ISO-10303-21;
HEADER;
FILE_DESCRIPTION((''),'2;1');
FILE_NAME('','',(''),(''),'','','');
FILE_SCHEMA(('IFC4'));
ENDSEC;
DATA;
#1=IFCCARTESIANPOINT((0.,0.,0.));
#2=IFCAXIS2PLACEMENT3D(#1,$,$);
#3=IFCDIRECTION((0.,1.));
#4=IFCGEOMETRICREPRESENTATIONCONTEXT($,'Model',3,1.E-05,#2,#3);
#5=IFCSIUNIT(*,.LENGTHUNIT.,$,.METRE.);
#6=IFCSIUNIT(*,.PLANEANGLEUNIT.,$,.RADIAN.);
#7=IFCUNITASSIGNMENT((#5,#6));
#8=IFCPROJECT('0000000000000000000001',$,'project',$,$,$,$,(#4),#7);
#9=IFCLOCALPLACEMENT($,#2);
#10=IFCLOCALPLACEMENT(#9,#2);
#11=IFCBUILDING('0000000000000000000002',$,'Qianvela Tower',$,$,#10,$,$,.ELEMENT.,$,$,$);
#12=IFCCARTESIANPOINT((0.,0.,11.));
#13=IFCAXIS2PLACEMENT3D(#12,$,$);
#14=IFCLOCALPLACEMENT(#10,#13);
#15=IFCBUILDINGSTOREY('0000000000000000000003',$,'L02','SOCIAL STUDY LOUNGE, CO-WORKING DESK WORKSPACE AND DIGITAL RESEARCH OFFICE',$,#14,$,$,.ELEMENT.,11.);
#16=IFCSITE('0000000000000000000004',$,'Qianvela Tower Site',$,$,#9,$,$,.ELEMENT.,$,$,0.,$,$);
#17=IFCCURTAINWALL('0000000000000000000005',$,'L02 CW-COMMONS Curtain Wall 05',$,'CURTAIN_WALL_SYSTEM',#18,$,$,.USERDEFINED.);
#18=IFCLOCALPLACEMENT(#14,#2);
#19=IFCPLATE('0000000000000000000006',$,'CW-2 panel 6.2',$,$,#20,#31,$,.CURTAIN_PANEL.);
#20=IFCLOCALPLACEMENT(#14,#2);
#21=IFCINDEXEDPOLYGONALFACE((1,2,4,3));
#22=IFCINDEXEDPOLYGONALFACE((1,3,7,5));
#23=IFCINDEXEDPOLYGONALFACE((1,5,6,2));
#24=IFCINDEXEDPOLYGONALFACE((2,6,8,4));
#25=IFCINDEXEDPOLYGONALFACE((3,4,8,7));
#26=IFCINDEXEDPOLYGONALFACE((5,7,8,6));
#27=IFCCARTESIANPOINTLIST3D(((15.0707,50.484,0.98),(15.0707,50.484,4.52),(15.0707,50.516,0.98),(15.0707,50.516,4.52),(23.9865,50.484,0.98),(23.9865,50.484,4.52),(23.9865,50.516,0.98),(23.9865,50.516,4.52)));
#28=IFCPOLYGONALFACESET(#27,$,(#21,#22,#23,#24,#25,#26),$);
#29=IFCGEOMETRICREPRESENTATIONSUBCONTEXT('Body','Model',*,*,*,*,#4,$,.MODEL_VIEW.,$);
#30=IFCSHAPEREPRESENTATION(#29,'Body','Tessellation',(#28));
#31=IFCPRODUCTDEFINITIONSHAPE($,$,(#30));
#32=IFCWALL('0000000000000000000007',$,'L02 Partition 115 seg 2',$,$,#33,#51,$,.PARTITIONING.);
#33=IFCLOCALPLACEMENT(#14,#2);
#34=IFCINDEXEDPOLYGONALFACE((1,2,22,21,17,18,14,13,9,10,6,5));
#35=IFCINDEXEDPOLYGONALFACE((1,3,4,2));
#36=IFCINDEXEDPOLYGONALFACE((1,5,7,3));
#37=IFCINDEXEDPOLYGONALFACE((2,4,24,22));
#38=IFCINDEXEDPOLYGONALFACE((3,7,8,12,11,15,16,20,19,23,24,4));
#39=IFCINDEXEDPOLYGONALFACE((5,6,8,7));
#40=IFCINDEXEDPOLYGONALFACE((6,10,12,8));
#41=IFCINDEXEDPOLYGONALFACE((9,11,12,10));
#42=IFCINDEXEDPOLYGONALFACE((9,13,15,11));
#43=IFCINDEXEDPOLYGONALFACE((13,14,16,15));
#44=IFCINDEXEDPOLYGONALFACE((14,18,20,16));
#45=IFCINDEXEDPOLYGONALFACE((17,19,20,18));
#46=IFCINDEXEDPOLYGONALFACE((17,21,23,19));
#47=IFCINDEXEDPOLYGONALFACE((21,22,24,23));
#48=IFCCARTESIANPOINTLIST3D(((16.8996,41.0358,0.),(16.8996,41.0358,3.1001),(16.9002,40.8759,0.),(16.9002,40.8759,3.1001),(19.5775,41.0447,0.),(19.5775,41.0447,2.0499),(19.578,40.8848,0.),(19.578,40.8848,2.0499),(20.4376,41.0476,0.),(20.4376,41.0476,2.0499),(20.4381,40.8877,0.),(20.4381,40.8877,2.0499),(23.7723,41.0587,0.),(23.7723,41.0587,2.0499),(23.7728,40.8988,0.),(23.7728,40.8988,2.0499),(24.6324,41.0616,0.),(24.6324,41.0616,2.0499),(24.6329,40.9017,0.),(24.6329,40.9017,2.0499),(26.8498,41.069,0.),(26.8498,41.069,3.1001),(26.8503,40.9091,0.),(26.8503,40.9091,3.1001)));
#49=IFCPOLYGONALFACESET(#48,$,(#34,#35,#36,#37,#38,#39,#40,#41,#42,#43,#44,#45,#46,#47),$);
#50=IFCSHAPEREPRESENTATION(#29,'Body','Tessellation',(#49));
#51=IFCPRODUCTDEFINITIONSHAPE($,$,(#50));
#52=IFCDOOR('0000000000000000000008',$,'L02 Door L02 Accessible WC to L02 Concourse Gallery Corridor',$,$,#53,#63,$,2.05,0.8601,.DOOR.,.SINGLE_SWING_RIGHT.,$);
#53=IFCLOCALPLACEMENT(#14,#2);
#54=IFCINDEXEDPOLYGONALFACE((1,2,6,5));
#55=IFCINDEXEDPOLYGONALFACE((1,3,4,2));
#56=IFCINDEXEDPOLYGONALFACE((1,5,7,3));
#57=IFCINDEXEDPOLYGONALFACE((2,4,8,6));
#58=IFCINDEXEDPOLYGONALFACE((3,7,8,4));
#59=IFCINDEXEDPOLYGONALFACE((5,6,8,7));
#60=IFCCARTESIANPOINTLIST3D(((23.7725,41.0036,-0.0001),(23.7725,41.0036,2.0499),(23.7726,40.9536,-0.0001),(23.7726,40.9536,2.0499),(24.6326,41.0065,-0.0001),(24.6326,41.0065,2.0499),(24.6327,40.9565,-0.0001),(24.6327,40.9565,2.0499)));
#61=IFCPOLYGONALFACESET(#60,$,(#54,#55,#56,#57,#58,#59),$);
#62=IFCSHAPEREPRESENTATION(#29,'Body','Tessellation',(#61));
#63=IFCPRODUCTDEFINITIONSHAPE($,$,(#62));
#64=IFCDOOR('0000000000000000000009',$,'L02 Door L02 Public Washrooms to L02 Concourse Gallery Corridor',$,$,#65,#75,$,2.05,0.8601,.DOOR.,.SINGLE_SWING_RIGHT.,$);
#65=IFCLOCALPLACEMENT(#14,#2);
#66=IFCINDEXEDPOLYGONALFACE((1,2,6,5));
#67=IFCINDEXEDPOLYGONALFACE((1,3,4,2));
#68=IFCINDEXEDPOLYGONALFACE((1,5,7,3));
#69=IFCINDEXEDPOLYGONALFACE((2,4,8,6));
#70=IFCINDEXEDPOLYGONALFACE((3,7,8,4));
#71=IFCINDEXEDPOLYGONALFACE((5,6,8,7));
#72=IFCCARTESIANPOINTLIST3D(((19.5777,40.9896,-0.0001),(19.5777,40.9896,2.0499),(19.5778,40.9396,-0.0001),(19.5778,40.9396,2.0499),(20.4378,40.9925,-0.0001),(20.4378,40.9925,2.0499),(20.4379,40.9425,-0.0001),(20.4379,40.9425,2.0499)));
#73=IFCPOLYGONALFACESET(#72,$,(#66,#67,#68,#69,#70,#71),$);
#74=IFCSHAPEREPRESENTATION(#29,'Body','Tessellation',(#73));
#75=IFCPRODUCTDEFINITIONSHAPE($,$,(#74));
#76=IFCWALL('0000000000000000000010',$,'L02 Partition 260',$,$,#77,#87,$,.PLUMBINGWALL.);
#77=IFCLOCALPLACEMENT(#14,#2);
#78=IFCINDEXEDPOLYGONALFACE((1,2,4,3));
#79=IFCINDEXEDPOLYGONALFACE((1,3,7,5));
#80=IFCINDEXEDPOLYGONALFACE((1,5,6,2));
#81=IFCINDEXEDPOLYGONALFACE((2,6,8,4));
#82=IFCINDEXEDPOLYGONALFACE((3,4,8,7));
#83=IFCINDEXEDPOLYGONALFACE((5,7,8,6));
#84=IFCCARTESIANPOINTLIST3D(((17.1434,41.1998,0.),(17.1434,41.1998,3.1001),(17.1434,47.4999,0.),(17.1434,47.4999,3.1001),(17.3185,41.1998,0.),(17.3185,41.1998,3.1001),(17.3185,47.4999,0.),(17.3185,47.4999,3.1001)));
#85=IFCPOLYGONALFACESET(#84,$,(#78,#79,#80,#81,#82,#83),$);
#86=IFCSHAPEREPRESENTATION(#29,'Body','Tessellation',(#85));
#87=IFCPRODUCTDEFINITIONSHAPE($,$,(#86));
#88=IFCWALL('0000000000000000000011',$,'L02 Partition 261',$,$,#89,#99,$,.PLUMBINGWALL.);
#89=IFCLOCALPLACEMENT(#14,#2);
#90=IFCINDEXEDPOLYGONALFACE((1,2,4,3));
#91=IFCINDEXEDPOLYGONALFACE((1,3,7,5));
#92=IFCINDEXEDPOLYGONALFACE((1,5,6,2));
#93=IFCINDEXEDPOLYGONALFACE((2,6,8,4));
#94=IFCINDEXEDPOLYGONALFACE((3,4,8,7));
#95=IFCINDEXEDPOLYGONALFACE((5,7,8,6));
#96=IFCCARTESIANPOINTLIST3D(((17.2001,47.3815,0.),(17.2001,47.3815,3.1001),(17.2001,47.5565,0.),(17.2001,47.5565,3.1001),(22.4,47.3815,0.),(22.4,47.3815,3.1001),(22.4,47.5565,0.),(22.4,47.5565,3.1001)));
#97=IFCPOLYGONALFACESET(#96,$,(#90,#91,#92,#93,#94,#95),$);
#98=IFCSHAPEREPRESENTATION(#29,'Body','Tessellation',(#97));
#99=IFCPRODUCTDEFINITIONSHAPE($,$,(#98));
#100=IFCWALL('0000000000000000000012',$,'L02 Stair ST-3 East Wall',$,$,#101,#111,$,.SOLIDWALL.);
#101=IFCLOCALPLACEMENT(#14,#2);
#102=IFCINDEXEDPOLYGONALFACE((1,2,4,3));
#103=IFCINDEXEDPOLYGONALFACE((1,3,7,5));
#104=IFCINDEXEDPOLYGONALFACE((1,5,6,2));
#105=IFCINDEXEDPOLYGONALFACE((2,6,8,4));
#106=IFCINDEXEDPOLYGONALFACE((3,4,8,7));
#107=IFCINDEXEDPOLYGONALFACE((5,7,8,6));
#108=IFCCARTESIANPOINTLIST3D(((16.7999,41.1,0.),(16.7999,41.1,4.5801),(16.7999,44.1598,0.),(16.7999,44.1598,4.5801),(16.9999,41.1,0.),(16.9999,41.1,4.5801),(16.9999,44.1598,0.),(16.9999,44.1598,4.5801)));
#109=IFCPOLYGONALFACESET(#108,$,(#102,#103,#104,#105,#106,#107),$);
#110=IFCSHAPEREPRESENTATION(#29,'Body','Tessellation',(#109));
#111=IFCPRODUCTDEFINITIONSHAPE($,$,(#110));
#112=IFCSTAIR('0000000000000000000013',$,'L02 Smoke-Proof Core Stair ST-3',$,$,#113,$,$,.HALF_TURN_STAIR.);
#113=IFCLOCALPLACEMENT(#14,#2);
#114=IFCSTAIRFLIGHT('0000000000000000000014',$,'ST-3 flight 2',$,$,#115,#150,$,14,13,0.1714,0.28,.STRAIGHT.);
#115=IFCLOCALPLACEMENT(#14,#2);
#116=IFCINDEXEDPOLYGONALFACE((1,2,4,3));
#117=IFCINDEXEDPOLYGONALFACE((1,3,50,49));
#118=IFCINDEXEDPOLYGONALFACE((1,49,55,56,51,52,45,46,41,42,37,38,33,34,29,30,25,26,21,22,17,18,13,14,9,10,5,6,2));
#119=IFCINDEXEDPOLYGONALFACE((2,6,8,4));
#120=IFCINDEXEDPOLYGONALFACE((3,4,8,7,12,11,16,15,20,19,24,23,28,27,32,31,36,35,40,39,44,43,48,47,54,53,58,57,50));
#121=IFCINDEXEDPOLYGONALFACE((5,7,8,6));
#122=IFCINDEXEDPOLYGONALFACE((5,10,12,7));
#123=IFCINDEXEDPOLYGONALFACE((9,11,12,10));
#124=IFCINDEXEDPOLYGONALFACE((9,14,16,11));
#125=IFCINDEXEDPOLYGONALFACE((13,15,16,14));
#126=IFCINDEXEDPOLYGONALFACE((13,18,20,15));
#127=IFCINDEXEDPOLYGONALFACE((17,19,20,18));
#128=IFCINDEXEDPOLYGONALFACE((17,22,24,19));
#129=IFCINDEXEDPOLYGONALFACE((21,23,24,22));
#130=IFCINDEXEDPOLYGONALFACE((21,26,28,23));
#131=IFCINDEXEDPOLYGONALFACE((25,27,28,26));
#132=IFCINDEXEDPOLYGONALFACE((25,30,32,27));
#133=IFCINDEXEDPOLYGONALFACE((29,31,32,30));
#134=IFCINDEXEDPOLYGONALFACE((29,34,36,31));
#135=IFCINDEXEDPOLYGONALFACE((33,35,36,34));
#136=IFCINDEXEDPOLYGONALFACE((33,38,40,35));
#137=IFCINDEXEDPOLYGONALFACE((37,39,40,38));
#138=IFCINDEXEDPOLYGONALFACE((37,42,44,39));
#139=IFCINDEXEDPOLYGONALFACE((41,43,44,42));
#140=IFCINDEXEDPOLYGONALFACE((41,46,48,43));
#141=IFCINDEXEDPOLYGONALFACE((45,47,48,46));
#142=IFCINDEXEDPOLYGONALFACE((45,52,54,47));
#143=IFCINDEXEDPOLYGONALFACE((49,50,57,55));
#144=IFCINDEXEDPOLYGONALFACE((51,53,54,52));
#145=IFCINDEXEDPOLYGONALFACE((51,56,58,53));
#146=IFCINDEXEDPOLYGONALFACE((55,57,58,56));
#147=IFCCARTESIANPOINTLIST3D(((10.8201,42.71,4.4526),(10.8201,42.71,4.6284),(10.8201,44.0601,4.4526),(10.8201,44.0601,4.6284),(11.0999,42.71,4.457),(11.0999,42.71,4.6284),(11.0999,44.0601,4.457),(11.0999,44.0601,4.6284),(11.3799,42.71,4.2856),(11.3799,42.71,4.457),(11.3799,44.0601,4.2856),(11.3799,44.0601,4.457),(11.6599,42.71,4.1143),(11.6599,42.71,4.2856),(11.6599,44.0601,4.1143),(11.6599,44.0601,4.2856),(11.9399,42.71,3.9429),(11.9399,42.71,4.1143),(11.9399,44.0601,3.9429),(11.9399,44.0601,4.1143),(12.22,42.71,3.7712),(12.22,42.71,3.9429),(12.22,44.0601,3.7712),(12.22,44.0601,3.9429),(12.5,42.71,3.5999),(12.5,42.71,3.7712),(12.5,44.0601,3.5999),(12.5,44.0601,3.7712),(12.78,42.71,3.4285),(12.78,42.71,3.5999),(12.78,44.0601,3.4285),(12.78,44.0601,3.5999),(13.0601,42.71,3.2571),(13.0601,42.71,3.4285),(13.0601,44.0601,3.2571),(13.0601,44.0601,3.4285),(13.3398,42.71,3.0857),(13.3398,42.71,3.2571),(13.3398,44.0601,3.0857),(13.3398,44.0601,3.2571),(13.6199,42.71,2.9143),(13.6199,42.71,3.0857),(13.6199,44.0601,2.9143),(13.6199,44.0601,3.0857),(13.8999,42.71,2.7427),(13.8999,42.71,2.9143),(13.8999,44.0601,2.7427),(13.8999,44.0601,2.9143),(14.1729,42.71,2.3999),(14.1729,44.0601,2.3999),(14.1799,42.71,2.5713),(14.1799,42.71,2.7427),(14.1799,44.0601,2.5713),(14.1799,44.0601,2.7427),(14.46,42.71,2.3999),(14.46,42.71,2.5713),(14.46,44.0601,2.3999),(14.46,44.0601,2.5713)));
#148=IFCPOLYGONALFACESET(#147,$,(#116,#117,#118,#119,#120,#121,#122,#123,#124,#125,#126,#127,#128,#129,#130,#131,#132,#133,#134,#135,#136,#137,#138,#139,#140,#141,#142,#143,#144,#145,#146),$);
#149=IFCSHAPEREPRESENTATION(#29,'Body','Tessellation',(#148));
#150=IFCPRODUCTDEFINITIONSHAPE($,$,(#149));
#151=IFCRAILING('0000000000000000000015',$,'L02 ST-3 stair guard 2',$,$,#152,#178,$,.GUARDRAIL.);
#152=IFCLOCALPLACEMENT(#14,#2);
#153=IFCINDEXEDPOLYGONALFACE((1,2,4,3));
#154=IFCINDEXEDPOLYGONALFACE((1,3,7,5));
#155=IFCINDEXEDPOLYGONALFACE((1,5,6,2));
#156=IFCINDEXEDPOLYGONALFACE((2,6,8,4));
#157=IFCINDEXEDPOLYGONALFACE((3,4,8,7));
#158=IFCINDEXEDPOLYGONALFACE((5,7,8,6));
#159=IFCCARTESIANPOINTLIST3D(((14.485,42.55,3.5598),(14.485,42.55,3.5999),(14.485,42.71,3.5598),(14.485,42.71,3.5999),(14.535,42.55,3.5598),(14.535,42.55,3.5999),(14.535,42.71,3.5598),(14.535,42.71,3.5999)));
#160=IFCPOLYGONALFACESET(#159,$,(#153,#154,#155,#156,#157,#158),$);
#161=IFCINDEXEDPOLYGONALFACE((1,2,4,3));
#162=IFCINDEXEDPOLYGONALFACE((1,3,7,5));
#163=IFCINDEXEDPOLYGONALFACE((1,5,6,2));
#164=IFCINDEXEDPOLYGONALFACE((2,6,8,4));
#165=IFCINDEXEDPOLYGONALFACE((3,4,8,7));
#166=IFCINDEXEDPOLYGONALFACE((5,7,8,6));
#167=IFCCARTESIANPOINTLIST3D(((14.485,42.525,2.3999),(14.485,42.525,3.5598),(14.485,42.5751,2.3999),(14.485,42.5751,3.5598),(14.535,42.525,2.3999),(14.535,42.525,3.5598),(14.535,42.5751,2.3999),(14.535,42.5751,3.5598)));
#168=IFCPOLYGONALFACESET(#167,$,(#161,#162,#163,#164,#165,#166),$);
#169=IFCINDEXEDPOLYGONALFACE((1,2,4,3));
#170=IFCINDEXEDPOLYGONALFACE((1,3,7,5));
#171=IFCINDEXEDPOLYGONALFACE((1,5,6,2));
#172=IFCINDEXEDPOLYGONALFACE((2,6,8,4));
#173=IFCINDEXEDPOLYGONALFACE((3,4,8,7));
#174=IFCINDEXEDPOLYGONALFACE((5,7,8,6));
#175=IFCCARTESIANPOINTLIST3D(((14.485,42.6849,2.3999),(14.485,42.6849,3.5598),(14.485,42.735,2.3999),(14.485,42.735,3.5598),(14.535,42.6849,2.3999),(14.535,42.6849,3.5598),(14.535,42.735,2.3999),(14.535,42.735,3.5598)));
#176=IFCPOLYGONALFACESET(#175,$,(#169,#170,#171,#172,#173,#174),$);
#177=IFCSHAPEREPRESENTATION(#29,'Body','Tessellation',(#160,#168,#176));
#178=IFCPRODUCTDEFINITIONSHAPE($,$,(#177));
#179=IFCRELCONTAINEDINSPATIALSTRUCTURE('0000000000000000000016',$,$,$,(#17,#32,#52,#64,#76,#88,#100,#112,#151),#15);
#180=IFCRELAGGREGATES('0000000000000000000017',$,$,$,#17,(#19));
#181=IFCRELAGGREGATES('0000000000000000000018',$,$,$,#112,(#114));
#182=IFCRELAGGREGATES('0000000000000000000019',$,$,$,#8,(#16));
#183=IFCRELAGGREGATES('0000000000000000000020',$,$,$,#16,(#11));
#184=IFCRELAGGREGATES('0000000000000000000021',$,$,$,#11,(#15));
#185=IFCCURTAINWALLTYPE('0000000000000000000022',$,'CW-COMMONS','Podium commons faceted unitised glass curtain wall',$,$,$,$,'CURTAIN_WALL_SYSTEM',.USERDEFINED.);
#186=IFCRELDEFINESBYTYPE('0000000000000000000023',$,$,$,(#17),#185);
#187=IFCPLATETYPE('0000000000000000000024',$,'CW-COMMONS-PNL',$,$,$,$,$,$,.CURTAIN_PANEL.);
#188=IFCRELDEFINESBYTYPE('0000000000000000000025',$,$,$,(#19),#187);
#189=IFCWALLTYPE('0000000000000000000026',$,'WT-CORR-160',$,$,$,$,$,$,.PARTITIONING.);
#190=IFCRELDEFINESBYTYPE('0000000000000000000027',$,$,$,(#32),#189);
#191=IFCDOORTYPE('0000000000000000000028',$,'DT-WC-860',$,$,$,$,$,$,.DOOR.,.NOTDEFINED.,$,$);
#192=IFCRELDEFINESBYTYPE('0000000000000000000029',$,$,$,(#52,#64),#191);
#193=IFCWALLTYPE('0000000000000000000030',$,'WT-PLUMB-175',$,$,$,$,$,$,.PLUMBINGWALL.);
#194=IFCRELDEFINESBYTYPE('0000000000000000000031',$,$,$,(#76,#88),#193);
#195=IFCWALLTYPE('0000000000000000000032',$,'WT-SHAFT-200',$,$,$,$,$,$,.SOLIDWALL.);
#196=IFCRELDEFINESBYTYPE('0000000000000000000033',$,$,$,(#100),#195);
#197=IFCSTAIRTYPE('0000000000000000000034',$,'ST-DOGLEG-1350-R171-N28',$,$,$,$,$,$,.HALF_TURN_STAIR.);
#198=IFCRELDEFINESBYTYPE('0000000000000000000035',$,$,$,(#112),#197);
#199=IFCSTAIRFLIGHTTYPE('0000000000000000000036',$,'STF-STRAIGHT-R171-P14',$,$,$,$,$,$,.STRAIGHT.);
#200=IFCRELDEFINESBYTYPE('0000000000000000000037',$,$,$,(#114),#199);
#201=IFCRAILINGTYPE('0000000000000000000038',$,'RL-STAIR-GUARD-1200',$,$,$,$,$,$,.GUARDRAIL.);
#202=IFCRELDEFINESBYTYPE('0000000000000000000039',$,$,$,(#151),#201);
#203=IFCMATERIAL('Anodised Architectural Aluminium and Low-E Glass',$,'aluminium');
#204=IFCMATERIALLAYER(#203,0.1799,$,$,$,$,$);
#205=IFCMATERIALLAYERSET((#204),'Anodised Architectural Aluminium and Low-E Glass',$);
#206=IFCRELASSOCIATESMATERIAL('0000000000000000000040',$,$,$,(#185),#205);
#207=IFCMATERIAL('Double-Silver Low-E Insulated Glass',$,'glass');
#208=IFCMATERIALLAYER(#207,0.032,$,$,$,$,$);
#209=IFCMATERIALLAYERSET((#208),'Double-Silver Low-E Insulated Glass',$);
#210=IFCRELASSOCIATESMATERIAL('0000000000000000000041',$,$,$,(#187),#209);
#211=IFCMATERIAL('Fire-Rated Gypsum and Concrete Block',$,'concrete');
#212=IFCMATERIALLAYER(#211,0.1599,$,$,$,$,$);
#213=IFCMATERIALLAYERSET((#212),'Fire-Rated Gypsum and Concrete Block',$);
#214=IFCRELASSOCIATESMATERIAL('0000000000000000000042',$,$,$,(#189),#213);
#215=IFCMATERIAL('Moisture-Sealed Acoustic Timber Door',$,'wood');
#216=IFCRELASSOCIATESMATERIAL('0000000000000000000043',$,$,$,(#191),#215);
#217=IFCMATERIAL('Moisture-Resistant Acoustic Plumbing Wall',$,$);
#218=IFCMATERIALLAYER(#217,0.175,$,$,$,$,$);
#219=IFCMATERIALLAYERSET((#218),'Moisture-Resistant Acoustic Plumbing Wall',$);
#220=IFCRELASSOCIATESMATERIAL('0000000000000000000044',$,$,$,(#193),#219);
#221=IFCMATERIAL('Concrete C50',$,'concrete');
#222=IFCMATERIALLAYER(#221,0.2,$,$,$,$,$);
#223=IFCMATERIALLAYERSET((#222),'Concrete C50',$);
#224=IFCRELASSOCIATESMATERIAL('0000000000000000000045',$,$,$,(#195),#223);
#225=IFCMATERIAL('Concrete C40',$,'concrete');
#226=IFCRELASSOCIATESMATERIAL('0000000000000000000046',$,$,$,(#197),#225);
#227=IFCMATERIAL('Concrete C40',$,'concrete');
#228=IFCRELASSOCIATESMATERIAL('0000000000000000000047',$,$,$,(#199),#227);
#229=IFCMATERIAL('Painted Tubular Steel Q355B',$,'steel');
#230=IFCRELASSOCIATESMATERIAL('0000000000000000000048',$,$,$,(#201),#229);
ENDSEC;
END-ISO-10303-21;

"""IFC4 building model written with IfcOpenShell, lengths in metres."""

from ifc_helpers import new_model, si_unit, direction, frame, frame_2d, origin, origin_2d, place, context, subcontext, project, spatial, polyline, rectangle, outline, extrude, material, layer, layer_set, type_object, element, fill, aggregate, save


model = new_model("IFC4")

# Units and contexts
model_context = context("Model", 3, precision=1e-05, world=origin(), true_north=direction((0.0, 1.0)))
body_context = subcontext(model_context, "Body", "Model", "MODEL_VIEW")
ifc_project = project(units=[si_unit("LENGTHUNIT", "METRE"), si_unit("PLANEANGLEUNIT", "RADIAN")], contexts=[model_context])

# Site, building, storey
site_placement = place(None, origin())
site = spatial("IfcSite", under=ifc_project, at=site_placement, Name="Qianvela Tower Site", CompositionType="ELEMENT", RefElevation=0.0)
building_placement = place(site_placement, origin())
building = spatial("IfcBuilding", under=site, at=building_placement, Name="Qianvela Tower", CompositionType="ELEMENT")
storey_placement = place(building_placement, frame((0.0, 0.0, 11.0)))
storey = spatial("IfcBuildingStorey", under=building, at=storey_placement, Name="L02", Description="SOCIAL STUDY LOUNGE, CO-WORKING DESK WORKSPACE AND DIGITAL RESEARCH OFFICE", CompositionType="ELEMENT", Elevation=11.0)

# Curtain wall
ifc_material_1 = material(Name="Anodised Architectural Aluminium and Low-E Glass", Category="aluminium")
ifc_layer_1 = layer(ifc_material_1, 0.1799)
ifc_layer_set_1 = layer_set([ifc_layer_1], Name="Anodised Architectural Aluminium and Low-E Glass")
curtain_wall_type = type_object("IfcCurtainWallType", Name="CW-COMMONS", Description="Podium commons faceted unitised glass curtain wall", ElementType="CURTAIN_WALL_SYSTEM", PredefinedType="USERDEFINED", material=ifc_layer_set_1)
curtain_wall_placement = place(storey_placement, origin())
curtain_wall = element("IfcCurtainWall", 1, at=curtain_wall_placement, inside=storey, type_object=curtain_wall_type, Name="L02 CW-COMMONS Curtain Wall 05", ObjectType="CURTAIN_WALL_SYSTEM", PredefinedType="USERDEFINED")

# Plate
ifc_material_2 = material(Name="Double-Silver Low-E Insulated Glass", Category="glass")
ifc_layer_2 = layer(ifc_material_2, 0.032)
ifc_layer_set_2 = layer_set([ifc_layer_2], Name="Double-Silver Low-E Insulated Glass")
plate_type = type_object("IfcPlateType", Name="CW-COMMONS-PNL", PredefinedType="CURTAIN_PANEL", material=ifc_layer_set_2)
plate_1_placement = place(storey_placement, frame((19.5286, 50.5, 0.98), z_axis=(0.0, 0.0, 1.0), x_axis=(-1.0, 0.0, 0.0)))
plate_1 = element("IfcPlate", 2, at=plate_1_placement, type_object=plate_type, Name="CW-2 panel 6.2", PredefinedType="CURTAIN_PANEL", context=body_context, shape_type="SweptSolid", body=[
    extrude(rectangle(XDim=8.9158, YDim=0.032, at=origin_2d()), origin(), (0.0, 0.0, 1.0), 3.54),
])
aggregate(curtain_wall, [plate_1])

# Wall, openings, doors
ifc_material_3 = material(Name="Fire-Rated Gypsum and Concrete Block", Category="concrete")
ifc_layer_3 = layer(ifc_material_3, 0.1599)
ifc_layer_set_3 = layer_set([ifc_layer_3], Name="Fire-Rated Gypsum and Concrete Block")
wall_type_1 = type_object("IfcWallType", Name="WT-CORR-160", PredefinedType="PARTITIONING", material=ifc_layer_set_3)
wall_1_placement = place(storey_placement, frame((16.8999, 40.9558, 0.0), z_axis=(0.0, 0.0, 1.0), x_axis=(0.999994, 0.003337, 0.0)))
wall_1 = element("IfcWall", 3, at=wall_1_placement, inside=storey, type_object=wall_type_1, Name="L02 Partition 115 seg 2", PredefinedType="PARTITIONING", context=body_context, shape_type="SweptSolid", body=[
    extrude(rectangle(XDim=9.9502, YDim=0.1599, at=frame_2d((4.9751, 0.0))), origin(), (0.0, 0.0, 1.0), 3.1001),
])
opening_1_placement = place(wall_1_placement, frame((6.8726, 0.0, 0.0)))
opening_1 = element("IfcOpeningElement", 4, at=opening_1_placement, cuts=wall_1, PredefinedType="OPENING", context=body_context, shape_type="SweptSolid", body=[
    extrude(rectangle(XDim=0.8601, YDim=2.05, at=frame_2d((0.4302, 1.0249))), frame((0.0, 0.0898, 0.0), z_axis=(0.0, -1.0, 0.0), x_axis=(1.0, 0.0, 0.0)), (0.0, 0.0, 1.0), 0.1799),
])
opening_2_placement = place(wall_1_placement, frame((2.6777, 0.0, 0.0)))
opening_2 = element("IfcOpeningElement", 5, at=opening_2_placement, cuts=wall_1, PredefinedType="OPENING", context=body_context, shape_type="SweptSolid", body=[
    extrude(rectangle(XDim=0.8601, YDim=2.05, at=frame_2d((0.4302, 1.0249))), frame((0.0, 0.0898, 0.0), z_axis=(0.0, -1.0, 0.0), x_axis=(1.0, 0.0, 0.0)), (0.0, 0.0, 1.0), 0.1799),
])
ifc_material_4 = material(Name="Moisture-Sealed Acoustic Timber Door", Category="wood")
door_type = type_object("IfcDoorType", Name="DT-WC-860", OperationType="NOTDEFINED", PredefinedType="DOOR", material=ifc_material_4)
door_1_placement = place(opening_1_placement, origin())
door_1 = element("IfcDoor", 6, at=door_1_placement, inside=storey, type_object=door_type, Name="L02 Door L02 Accessible WC to L02 Concourse Gallery Corridor", OperationType="SINGLE_SWING_RIGHT", OverallHeight=2.05, OverallWidth=0.8601, PredefinedType="DOOR", context=body_context, shape_type="SweptSolid", body=[
    extrude(rectangle(XDim=0.8601, YDim=2.05, at=frame_2d((0.4302, 1.0249))), frame((0.0, 0.0249, 0.0), z_axis=(0.0, -1.0, 0.0), x_axis=(1.0, 0.0, 0.0)), (0.0, 0.0, 1.0), 0.05),
])
fill(opening_1, door_1)
door_2_placement = place(opening_2_placement, origin())
door_2 = element("IfcDoor", 7, at=door_2_placement, inside=storey, type_object=door_type, Name="L02 Door L02 Public Washrooms to L02 Concourse Gallery Corridor", OperationType="SINGLE_SWING_RIGHT", OverallHeight=2.05, OverallWidth=0.8601, PredefinedType="DOOR", context=body_context, shape_type="SweptSolid", body=[
    extrude(rectangle(XDim=0.8601, YDim=2.05, at=frame_2d((0.4302, 1.0249))), frame((0.0, 0.0249, 0.0), z_axis=(0.0, -1.0, 0.0), x_axis=(1.0, 0.0, 0.0)), (0.0, 0.0, 1.0), 0.05),
])
fill(opening_2, door_2)

# Walls
ifc_material_5 = material(Name="Moisture-Resistant Acoustic Plumbing Wall")
ifc_layer_4 = layer(ifc_material_5, 0.175)
ifc_layer_set_4 = layer_set([ifc_layer_4], Name="Moisture-Resistant Acoustic Plumbing Wall")
wall_type_2 = type_object("IfcWallType", Name="WT-PLUMB-175", PredefinedType="PLUMBINGWALL", material=ifc_layer_set_4)
wall_2_placement = place(storey_placement, frame((17.231, 41.2, 0.0), z_axis=(0.0, 0.0, 1.0), x_axis=(0.0, 1.0, 0.0)))
element("IfcWall", 8, at=wall_2_placement, inside=storey, type_object=wall_type_2, Name="L02 Partition 260", PredefinedType="PLUMBINGWALL", context=body_context, shape_type="SweptSolid", body=[
    extrude(rectangle(XDim=6.3, YDim=0.175, at=frame_2d((3.1499, 0.0))), origin(), (0.0, 0.0, 1.0), 3.1001),
])
wall_3_placement = place(storey_placement, frame((17.2, 47.469, 0.0), z_axis=(0.0, 0.0, 1.0), x_axis=(1.0, 0.0, 0.0)))
element("IfcWall", 9, at=wall_3_placement, inside=storey, type_object=wall_type_2, Name="L02 Partition 261", PredefinedType="PLUMBINGWALL", context=body_context, shape_type="SweptSolid", body=[
    extrude(rectangle(XDim=5.2, YDim=0.175, at=frame_2d((2.6001, 0.0))), origin(), (0.0, 0.0, 1.0), 3.1001),
])
ifc_material_6 = material(Name="Concrete C50", Category="concrete")
ifc_layer_5 = layer(ifc_material_6, 0.2)
ifc_layer_set_5 = layer_set([ifc_layer_5], Name="Concrete C50")
wall_type_3 = type_object("IfcWallType", Name="WT-SHAFT-200", PredefinedType="SOLIDWALL", material=ifc_layer_set_5)
wall_4_placement = place(storey_placement, frame((16.8999, 41.1001, 0.0), z_axis=(0.0, 0.0, 1.0), x_axis=(0.0, 1.0, 0.0)))
element("IfcWall", 10, at=wall_4_placement, inside=storey, type_object=wall_type_3, Name="L02 Stair ST-3 East Wall", PredefinedType="SOLIDWALL", context=body_context, shape_type="SweptSolid", body=[
    extrude(rectangle(XDim=3.0598, YDim=0.2, at=frame_2d((1.5298, 0.0))), origin(), (0.0, 0.0, 1.0), 4.5801),
])

# Stair, stair flight
ifc_material_7 = material(Name="Concrete C40", Category="concrete")
stair_type = type_object("IfcStairType", Name="ST-DOGLEG-1350-R171-N28", PredefinedType="HALF_TURN_STAIR", material=ifc_material_7)
stair_placement = place(storey_placement, origin())
stair = element("IfcStair", 11, at=stair_placement, inside=storey, type_object=stair_type, Name="L02 Smoke-Proof Core Stair ST-3", PredefinedType="HALF_TURN_STAIR")
ifc_material_8 = material(Name="Concrete C40", Category="concrete")
stair_flight_type = type_object("IfcStairFlightType", Name="STF-STRAIGHT-R171-P14", PredefinedType="STRAIGHT", material=ifc_material_8)
stair_flight_placement = place(storey_placement, frame((14.46, 43.385, 2.3999), z_axis=(0.0, 0.0, 1.0), x_axis=(-1.0, 0.0, 0.0)))
stair_flight = element("IfcStairFlight", 12, at=stair_flight_placement, type_object=stair_flight_type, Name="ST-3 flight 2", NumberOfRisers=14, NumberOfTreads=13, PredefinedType="STRAIGHT", RiserHeight=0.1714, TreadLength=0.28, context=body_context, shape_type="SweptSolid", body=[
    extrude(outline(polyline([(0.0, 0.0), (0.0, 0.1714), (0.28, 0.1714), (0.28, 0.3428), (0.5601, 0.3428), (0.5601, 0.5144), (0.8401, 0.5144), (0.8401, 0.6858), (1.1201, 0.6858), (1.1201, 0.8572), (1.3999, 0.8572), (1.3999, 1.0286), (1.6799, 1.0286), (1.6799, 1.2), (1.96, 1.2), (1.96, 1.3713), (2.24, 1.3713), (2.24, 1.543), (2.52, 1.543), (2.52, 1.7144), (2.8, 1.7144), (2.8, 1.8857), (3.0801, 1.8857), (3.0801, 2.0571), (3.3601, 2.0571), (3.3601, 2.2285), (3.6399, 2.2285), (3.6399, 2.3999), (3.6399, 2.0527), (0.2871, 0.0), (0.0, 0.0)])), frame((0.0, 0.675, 0.0), z_axis=(0.0, -1.0, 0.0), x_axis=(1.0, 0.0, 0.0)), (0.0, 0.0, 1.0), 1.3501),
])
aggregate(stair, [stair_flight])

# Railing
ifc_material_9 = material(Name="Painted Tubular Steel Q355B", Category="steel")
railing_type_1 = type_object("IfcRailingType", Name="RL-STAIR-GUARD-1200", PredefinedType="GUARDRAIL", material=ifc_material_9)
railing_1_placement = place(storey_placement, frame((14.51, 42.55, 2.3999)))
element("IfcRailing", 13, at=railing_1_placement, inside=storey, type_object=railing_type_1, Name="L02 ST-3 stair guard 2", PredefinedType="GUARDRAIL", context=body_context, shape_type="SweptSolid", body=[
    extrude(rectangle(XDim=0.05, YDim=0.04, at=origin_2d()), frame((0.0, 0.0, 1.1799), z_axis=(0.0, 1.0, 0.0), x_axis=(-1.0, 0.0, 0.0)), (0.0, 0.0, 1.0), 0.1599),
    extrude(rectangle(XDim=0.05, YDim=0.05, at=origin_2d()), origin(), (0.0, 0.0, 1.0), 1.1599),
    extrude(rectangle(XDim=0.05, YDim=0.05, at=origin_2d()), frame((0.0, 0.1599, 0.0)), (0.0, 0.0, 1.0), 1.1599),
])

save(model, "model.ifc")
